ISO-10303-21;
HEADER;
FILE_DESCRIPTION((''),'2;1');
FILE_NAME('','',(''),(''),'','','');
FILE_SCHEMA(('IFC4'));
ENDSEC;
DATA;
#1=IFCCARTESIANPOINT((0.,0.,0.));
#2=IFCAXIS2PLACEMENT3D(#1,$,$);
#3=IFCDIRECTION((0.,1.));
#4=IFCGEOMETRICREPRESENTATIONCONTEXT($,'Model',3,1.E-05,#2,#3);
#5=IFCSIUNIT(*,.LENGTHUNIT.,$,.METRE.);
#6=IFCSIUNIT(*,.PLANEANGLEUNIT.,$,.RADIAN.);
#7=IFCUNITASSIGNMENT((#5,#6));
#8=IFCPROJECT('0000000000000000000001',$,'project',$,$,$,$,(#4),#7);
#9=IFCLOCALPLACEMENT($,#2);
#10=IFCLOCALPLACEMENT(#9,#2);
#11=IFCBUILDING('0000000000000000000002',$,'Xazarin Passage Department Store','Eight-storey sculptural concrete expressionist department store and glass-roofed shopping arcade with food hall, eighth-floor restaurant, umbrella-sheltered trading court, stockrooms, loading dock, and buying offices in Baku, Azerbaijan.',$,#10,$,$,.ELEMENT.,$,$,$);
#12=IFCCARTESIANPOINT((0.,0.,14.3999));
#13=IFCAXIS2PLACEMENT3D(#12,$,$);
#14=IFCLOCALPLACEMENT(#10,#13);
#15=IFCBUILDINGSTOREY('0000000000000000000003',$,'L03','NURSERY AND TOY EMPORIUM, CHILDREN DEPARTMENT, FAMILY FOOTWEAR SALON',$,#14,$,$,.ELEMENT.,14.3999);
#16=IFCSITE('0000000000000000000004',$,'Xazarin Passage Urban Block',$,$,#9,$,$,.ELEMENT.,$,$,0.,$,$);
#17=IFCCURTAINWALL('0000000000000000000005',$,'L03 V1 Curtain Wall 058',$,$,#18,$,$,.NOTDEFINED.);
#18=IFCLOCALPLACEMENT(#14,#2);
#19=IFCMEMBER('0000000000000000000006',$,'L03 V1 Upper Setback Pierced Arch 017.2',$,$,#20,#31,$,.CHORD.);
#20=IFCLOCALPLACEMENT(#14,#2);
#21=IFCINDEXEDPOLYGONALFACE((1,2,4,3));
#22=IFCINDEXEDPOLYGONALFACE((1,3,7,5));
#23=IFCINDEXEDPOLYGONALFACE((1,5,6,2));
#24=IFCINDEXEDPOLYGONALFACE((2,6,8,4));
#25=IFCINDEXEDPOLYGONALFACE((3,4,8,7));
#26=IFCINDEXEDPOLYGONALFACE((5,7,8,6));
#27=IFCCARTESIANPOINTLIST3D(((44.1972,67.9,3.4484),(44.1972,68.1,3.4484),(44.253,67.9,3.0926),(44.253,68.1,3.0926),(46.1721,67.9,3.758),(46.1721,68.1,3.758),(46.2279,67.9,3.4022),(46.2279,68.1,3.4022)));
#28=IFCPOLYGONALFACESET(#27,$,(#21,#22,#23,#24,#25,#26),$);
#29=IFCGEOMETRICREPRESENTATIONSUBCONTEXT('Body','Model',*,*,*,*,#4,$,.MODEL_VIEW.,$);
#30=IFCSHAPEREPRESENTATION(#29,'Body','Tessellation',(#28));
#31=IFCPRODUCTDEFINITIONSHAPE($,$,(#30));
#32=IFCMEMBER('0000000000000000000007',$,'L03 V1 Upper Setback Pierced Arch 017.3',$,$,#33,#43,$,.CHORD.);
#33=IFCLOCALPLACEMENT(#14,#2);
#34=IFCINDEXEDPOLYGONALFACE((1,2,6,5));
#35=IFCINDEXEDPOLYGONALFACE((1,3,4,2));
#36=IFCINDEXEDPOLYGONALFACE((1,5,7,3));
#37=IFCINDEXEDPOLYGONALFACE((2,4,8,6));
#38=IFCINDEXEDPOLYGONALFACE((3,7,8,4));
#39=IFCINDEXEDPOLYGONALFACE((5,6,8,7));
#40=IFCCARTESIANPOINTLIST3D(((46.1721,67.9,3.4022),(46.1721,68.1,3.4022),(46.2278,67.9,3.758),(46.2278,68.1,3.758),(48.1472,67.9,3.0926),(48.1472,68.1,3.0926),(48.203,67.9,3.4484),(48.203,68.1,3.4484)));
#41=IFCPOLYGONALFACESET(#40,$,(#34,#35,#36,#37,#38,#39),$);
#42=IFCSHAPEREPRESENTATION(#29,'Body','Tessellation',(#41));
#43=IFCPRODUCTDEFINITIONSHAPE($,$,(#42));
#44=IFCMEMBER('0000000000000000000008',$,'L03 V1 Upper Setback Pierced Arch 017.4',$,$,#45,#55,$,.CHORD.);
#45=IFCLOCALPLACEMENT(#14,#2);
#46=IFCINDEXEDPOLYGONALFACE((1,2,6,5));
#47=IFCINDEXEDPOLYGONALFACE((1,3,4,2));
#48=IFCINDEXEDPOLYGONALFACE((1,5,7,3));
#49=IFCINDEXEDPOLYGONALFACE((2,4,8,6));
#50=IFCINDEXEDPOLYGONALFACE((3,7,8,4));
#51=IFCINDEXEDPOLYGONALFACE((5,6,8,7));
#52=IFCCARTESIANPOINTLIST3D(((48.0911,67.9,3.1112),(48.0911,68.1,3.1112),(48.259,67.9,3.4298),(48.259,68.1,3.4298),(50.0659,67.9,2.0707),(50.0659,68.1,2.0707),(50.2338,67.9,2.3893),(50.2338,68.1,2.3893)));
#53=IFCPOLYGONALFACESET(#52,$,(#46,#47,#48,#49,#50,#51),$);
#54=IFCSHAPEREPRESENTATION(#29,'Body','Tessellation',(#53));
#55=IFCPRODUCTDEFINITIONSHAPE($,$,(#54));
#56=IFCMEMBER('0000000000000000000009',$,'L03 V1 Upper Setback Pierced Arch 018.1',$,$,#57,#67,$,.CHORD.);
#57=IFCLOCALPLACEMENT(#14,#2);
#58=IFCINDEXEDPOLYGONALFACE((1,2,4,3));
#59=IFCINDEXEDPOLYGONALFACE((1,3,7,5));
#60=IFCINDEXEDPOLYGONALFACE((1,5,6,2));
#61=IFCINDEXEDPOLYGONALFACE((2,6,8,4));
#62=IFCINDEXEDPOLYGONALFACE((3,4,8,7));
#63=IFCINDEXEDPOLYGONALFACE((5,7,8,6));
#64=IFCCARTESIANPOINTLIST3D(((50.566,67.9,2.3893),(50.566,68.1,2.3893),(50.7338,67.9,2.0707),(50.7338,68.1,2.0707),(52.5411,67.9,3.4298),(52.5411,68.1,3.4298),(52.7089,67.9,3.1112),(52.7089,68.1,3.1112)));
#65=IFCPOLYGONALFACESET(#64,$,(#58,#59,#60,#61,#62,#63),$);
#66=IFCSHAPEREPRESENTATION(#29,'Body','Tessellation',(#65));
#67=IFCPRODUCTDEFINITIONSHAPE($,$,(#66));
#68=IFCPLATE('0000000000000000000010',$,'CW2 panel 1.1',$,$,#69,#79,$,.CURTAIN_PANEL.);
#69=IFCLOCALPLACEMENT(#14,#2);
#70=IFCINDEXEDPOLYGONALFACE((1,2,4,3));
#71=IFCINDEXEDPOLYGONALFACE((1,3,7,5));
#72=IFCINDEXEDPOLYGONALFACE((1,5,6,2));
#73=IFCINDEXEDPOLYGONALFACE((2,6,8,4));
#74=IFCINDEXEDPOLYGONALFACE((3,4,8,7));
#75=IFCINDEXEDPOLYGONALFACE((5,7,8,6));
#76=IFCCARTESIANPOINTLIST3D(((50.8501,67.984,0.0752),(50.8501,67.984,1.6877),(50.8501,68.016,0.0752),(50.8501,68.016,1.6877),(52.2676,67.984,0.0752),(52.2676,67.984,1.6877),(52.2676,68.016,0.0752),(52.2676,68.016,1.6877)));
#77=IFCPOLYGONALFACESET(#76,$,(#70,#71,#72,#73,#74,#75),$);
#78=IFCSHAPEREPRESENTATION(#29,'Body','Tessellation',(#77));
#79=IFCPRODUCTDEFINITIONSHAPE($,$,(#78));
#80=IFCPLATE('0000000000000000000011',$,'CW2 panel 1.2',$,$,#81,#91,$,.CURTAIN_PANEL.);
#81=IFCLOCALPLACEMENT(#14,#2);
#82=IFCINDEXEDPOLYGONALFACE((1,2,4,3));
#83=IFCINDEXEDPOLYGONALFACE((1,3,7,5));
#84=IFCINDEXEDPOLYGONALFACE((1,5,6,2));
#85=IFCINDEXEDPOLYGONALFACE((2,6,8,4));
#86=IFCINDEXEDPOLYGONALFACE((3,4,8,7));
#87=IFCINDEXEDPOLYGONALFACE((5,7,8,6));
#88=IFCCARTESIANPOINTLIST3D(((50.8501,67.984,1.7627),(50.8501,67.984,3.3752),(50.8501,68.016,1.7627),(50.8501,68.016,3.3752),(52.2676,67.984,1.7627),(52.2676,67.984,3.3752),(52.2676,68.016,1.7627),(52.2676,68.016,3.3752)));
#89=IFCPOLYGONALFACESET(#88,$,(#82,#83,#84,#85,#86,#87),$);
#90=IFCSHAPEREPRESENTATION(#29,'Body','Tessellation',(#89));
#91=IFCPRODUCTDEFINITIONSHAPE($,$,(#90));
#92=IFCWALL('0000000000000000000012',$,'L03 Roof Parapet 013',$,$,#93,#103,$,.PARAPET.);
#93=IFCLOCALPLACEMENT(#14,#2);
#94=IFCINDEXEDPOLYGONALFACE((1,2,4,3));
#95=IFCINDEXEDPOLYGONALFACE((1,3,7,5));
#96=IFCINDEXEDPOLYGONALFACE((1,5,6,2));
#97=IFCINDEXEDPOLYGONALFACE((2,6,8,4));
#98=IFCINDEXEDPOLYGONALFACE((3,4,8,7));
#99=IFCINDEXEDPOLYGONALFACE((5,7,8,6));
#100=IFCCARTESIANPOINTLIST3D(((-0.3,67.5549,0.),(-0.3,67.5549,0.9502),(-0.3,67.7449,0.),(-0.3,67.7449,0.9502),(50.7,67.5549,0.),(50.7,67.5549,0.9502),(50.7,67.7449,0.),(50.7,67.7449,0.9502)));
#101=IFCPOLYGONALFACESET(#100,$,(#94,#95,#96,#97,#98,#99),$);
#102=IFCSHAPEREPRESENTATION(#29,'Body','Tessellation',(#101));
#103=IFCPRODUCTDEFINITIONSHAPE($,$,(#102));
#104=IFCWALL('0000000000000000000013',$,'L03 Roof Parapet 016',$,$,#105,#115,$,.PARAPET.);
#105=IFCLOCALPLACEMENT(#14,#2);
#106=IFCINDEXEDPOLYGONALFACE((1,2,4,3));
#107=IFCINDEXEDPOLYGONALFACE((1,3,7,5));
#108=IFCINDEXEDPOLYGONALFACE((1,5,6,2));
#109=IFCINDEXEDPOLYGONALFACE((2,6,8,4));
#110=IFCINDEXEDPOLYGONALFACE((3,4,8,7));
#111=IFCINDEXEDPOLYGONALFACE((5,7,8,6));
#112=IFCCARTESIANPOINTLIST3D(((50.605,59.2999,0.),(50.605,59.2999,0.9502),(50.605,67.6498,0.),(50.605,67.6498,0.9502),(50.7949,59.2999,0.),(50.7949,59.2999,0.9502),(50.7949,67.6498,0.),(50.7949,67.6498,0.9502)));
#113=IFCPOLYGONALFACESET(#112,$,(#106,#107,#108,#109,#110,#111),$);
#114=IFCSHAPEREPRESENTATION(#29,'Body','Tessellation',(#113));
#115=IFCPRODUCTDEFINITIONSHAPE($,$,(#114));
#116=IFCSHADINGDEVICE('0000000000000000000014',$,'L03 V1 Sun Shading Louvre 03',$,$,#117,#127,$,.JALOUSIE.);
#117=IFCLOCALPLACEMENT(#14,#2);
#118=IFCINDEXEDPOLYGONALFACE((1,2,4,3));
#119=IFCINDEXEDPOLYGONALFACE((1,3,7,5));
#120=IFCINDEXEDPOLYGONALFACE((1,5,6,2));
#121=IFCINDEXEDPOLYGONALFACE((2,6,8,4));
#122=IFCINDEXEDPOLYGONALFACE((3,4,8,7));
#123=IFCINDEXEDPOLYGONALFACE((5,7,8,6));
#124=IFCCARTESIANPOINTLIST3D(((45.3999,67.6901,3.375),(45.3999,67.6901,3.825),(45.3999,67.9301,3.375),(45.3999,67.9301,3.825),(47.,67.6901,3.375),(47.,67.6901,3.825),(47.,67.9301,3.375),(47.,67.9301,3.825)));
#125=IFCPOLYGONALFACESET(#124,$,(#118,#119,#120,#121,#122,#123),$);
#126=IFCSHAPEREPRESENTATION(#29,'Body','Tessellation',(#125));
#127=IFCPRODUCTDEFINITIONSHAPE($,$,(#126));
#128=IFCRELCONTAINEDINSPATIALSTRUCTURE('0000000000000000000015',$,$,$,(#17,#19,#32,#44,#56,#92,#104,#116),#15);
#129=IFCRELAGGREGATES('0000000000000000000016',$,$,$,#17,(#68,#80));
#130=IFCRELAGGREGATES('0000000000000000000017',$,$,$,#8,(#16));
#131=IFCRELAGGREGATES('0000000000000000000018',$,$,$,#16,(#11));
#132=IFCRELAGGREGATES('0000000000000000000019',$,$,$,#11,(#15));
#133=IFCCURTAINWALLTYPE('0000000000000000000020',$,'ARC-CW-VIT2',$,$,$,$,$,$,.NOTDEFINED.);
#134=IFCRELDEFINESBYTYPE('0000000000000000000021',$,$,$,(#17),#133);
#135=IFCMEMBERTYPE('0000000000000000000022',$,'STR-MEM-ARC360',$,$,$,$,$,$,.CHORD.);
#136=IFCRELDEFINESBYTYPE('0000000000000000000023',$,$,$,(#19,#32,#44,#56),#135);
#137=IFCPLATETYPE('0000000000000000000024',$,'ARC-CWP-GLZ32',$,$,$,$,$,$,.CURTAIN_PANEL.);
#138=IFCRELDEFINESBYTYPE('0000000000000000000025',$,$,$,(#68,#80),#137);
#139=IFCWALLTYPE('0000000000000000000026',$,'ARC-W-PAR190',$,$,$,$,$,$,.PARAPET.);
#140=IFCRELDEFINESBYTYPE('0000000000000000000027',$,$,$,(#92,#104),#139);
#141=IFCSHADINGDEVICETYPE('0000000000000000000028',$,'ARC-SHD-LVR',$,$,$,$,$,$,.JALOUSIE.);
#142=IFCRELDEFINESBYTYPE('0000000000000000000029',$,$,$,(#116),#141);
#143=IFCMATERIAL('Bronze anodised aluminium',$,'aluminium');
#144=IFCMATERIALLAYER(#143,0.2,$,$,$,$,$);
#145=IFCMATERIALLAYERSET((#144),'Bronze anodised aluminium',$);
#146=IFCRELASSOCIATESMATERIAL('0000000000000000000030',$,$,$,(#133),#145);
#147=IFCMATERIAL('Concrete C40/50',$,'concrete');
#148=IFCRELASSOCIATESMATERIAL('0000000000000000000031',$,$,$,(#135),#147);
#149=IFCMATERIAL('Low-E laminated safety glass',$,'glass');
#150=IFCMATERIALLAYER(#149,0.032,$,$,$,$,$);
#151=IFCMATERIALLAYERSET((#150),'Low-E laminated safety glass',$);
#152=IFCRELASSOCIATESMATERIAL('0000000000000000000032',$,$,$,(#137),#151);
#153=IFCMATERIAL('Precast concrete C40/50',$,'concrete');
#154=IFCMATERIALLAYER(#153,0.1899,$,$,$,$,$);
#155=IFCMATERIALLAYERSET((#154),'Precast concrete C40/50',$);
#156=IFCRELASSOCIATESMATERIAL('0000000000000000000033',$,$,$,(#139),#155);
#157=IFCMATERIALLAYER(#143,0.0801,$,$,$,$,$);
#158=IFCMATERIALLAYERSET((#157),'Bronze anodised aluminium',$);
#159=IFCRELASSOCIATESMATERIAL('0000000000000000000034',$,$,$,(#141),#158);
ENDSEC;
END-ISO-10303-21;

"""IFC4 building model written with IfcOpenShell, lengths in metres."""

from ifc_helpers import new_model, si_unit, direction, frame, frame_2d, origin, origin_2d, place, context, subcontext, project, spatial, rectangle, extrude, material, layer, layer_set, material_profile, profile_set, type_object, element, aggregate, save


model = new_model("IFC4")

# Units and contexts
model_context = context("Model", 3, precision=1e-05, world=origin(), true_north=direction((0.0, 1.0)))
body_context = subcontext(model_context, "Body", "Model", "MODEL_VIEW")
ifc_project = project(units=[si_unit("LENGTHUNIT", "METRE"), si_unit("PLANEANGLEUNIT", "RADIAN")], contexts=[model_context])

# Site, building, storey
site_placement = place(None, origin())
site = spatial("IfcSite", under=ifc_project, at=site_placement, Name="Xazarin Passage Urban Block", CompositionType="ELEMENT", RefElevation=0.0)
building_placement = place(site_placement, origin())
building = spatial("IfcBuilding", under=site, at=building_placement, Name="Xazarin Passage Department Store", Description="Eight-storey sculptural concrete expressionist department store and glass-roofed shopping arcade with food hall, eighth-floor restaurant, umbrella-sheltered trading court, stockrooms, loading dock, and buying offices in Baku, Azerbaijan.", CompositionType="ELEMENT")
storey_placement = place(building_placement, frame((0.0, 0.0, 14.3999)))
storey = spatial("IfcBuildingStorey", under=building, at=storey_placement, Name="L03", Description="NURSERY AND TOY EMPORIUM, CHILDREN DEPARTMENT, FAMILY FOOTWEAR SALON", CompositionType="ELEMENT", Elevation=14.3999)

# Shared definitions
ifc_material_1 = material(Name="Concrete C40/50", Category="concrete")

# Curtain wall
ifc_material_2 = material(Name="Bronze anodised aluminium", Category="aluminium")
ifc_layer_1 = layer(ifc_material_2, 0.2)
ifc_layer_set_1 = layer_set([ifc_layer_1], Name="Bronze anodised aluminium")
curtain_wall_type = type_object("IfcCurtainWallType", Name="ARC-CW-VIT2", PredefinedType="NOTDEFINED", material=ifc_layer_set_1)
curtain_wall_placement = place(storey_placement, origin())
curtain_wall = element("IfcCurtainWall", 1, at=curtain_wall_placement, inside=storey, type_object=curtain_wall_type, Name="L03 V1 Curtain Wall 058", PredefinedType="NOTDEFINED")

# Members
ifc_material_profile_1 = material_profile(ifc_material_1, rectangle(XDim=0.2, YDim=0.3601, at=origin_2d()), Name="RC 200x360")
ifc_profile_set_1 = profile_set([ifc_material_profile_1], Name="Concrete C40/50")
member_type_1 = type_object("IfcMemberType", Name="STR-MEM-ARC360", PredefinedType="CHORD", material=ifc_profile_set_1)
member_1_placement = place(storey_placement, frame((44.2251, 68.0, 3.2705), z_axis=(0.987936, 0.0, 0.154865), x_axis=(0.0, 1.0, 0.0)))
element("IfcMember", 2, at=member_1_placement, inside=storey, type_object=member_type_1, Name="L03 V1 Upper Setback Pierced Arch 017.2", PredefinedType="CHORD", context=body_context, shape_type="SweptSolid", body=[
    extrude(rectangle(XDim=0.2, YDim=0.3601, at=origin_2d()), origin(), (0.0, 0.0, 1.0), 1.999),
])
member_2_placement = place(storey_placement, frame((46.2, 68.0, 3.5801), z_axis=(0.987939, 0.0, -0.154846), x_axis=(0.0, 1.0, 0.0)))
element("IfcMember", 3, at=member_2_placement, inside=storey, type_object=member_type_1, Name="L03 V1 Upper Setback Pierced Arch 017.3", PredefinedType="CHORD", context=body_context, shape_type="SweptSolid", body=[
    extrude(rectangle(XDim=0.2, YDim=0.3601, at=origin_2d()), origin(), (0.0, 0.0, 1.0), 1.9993),
])
member_3_placement = place(storey_placement, frame((48.175, 68.0, 3.2705), z_axis=(0.884709, 0.0, -0.466143), x_axis=(0.0, 1.0, 0.0)))
element("IfcMember", 4, at=member_3_placement, inside=storey, type_object=member_type_1, Name="L03 V1 Upper Setback Pierced Arch 017.4", PredefinedType="CHORD", context=body_context, shape_type="SweptSolid", body=[
    extrude(rectangle(XDim=0.2, YDim=0.3601, at=origin_2d()), origin(), (0.0, 0.0, 1.0), 2.2322),
])
member_4_placement = place(storey_placement, frame((50.6499, 68.0, 2.23), z_axis=(0.884733, 0.0, 0.466098), x_axis=(0.0, 1.0, 0.0)))
element("IfcMember", 5, at=member_4_placement, inside=storey, type_object=member_type_1, Name="L03 V1 Upper Setback Pierced Arch 018.1", PredefinedType="CHORD", context=body_context, shape_type="SweptSolid", body=[
    extrude(rectangle(XDim=0.2, YDim=0.3601, at=origin_2d()), origin(), (0.0, 0.0, 1.0), 2.2324),
])

# Plates
ifc_material_3 = material(Name="Low-E laminated safety glass", Category="glass")
ifc_layer_2 = layer(ifc_material_3, 0.032)
ifc_layer_set_2 = layer_set([ifc_layer_2], Name="Low-E laminated safety glass")
plate_type = type_object("IfcPlateType", Name="ARC-CWP-GLZ32", PredefinedType="CURTAIN_PANEL", material=ifc_layer_set_2)
plate_1_placement = place(storey_placement, frame((51.5588, 68.0, 0.0752), z_axis=(0.0, 0.0, 1.0), x_axis=(1.0, 0.0, 0.0)))
plate_1 = element("IfcPlate", 6, at=plate_1_placement, type_object=plate_type, Name="CW2 panel 1.1", PredefinedType="CURTAIN_PANEL", context=body_context, shape_type="SweptSolid", body=[
    extrude(rectangle(XDim=1.4175, YDim=0.032, at=origin_2d()), origin(), (0.0, 0.0, 1.0), 1.6125),
])
plate_2_placement = place(storey_placement, frame((51.5588, 68.0, 1.7627), z_axis=(0.0, 0.0, 1.0), x_axis=(1.0, 0.0, 0.0)))
plate_2 = element("IfcPlate", 7, at=plate_2_placement, type_object=plate_type, Name="CW2 panel 1.2", PredefinedType="CURTAIN_PANEL", context=body_context, shape_type="SweptSolid", body=[
    extrude(rectangle(XDim=1.4175, YDim=0.032, at=origin_2d()), origin(), (0.0, 0.0, 1.0), 1.6125),
])
aggregate(curtain_wall, [plate_1, plate_2])

# Walls
ifc_material_4 = material(Name="Precast concrete C40/50", Category="concrete")
ifc_layer_3 = layer(ifc_material_4, 0.1899)
ifc_layer_set_3 = layer_set([ifc_layer_3], Name="Precast concrete C40/50")
wall_type = type_object("IfcWallType", Name="ARC-W-PAR190", PredefinedType="PARAPET", material=ifc_layer_set_3)
wall_1_placement = place(storey_placement, frame((50.7, 67.6499, 0.0), z_axis=(0.0, 0.0, 1.0), x_axis=(-1.0, 0.0, 0.0)))
element("IfcWall", 8, at=wall_1_placement, inside=storey, type_object=wall_type, Name="L03 Roof Parapet 013", PredefinedType="PARAPET", context=body_context, shape_type="SweptSolid", body=[
    extrude(rectangle(XDim=51.0, YDim=0.1899, at=frame_2d((25.5, 0.0))), origin(), (0.0, 0.0, 1.0), 0.9502),
])
wall_2_placement = place(storey_placement, frame((50.7, 59.3, 0.0), z_axis=(0.0, 0.0, 1.0), x_axis=(0.0, 1.0, 0.0)))
element("IfcWall", 9, at=wall_2_placement, inside=storey, type_object=wall_type, Name="L03 Roof Parapet 016", PredefinedType="PARAPET", context=body_context, shape_type="SweptSolid", body=[
    extrude(rectangle(XDim=8.3499, YDim=0.1899, at=frame_2d((4.1748, 0.0))), origin(), (0.0, 0.0, 1.0), 0.9502),
])

# Shading device
ifc_layer_4 = layer(ifc_material_2, 0.0801)
ifc_layer_set_4 = layer_set([ifc_layer_4], Name="Bronze anodised aluminium")
shading_device_type = type_object("IfcShadingDeviceType", Name="ARC-SHD-LVR", PredefinedType="JALOUSIE", material=ifc_layer_set_4)
shading_device_placement = place(storey_placement, frame((46.2, 67.8101, 3.375), z_axis=(0.0, 0.0, 1.0), x_axis=(1.0, 0.0, 0.0)))
element("IfcShadingDevice", 10, at=shading_device_placement, inside=storey, type_object=shading_device_type, Name="L03 V1 Sun Shading Louvre 03", PredefinedType="JALOUSIE", context=body_context, shape_type="SweptSolid", body=[
    extrude(rectangle(XDim=1.6001, YDim=0.24, at=origin_2d()), origin(), (0.0, 0.0, 1.0), 0.45),
])

save(model, "model.ifc")
